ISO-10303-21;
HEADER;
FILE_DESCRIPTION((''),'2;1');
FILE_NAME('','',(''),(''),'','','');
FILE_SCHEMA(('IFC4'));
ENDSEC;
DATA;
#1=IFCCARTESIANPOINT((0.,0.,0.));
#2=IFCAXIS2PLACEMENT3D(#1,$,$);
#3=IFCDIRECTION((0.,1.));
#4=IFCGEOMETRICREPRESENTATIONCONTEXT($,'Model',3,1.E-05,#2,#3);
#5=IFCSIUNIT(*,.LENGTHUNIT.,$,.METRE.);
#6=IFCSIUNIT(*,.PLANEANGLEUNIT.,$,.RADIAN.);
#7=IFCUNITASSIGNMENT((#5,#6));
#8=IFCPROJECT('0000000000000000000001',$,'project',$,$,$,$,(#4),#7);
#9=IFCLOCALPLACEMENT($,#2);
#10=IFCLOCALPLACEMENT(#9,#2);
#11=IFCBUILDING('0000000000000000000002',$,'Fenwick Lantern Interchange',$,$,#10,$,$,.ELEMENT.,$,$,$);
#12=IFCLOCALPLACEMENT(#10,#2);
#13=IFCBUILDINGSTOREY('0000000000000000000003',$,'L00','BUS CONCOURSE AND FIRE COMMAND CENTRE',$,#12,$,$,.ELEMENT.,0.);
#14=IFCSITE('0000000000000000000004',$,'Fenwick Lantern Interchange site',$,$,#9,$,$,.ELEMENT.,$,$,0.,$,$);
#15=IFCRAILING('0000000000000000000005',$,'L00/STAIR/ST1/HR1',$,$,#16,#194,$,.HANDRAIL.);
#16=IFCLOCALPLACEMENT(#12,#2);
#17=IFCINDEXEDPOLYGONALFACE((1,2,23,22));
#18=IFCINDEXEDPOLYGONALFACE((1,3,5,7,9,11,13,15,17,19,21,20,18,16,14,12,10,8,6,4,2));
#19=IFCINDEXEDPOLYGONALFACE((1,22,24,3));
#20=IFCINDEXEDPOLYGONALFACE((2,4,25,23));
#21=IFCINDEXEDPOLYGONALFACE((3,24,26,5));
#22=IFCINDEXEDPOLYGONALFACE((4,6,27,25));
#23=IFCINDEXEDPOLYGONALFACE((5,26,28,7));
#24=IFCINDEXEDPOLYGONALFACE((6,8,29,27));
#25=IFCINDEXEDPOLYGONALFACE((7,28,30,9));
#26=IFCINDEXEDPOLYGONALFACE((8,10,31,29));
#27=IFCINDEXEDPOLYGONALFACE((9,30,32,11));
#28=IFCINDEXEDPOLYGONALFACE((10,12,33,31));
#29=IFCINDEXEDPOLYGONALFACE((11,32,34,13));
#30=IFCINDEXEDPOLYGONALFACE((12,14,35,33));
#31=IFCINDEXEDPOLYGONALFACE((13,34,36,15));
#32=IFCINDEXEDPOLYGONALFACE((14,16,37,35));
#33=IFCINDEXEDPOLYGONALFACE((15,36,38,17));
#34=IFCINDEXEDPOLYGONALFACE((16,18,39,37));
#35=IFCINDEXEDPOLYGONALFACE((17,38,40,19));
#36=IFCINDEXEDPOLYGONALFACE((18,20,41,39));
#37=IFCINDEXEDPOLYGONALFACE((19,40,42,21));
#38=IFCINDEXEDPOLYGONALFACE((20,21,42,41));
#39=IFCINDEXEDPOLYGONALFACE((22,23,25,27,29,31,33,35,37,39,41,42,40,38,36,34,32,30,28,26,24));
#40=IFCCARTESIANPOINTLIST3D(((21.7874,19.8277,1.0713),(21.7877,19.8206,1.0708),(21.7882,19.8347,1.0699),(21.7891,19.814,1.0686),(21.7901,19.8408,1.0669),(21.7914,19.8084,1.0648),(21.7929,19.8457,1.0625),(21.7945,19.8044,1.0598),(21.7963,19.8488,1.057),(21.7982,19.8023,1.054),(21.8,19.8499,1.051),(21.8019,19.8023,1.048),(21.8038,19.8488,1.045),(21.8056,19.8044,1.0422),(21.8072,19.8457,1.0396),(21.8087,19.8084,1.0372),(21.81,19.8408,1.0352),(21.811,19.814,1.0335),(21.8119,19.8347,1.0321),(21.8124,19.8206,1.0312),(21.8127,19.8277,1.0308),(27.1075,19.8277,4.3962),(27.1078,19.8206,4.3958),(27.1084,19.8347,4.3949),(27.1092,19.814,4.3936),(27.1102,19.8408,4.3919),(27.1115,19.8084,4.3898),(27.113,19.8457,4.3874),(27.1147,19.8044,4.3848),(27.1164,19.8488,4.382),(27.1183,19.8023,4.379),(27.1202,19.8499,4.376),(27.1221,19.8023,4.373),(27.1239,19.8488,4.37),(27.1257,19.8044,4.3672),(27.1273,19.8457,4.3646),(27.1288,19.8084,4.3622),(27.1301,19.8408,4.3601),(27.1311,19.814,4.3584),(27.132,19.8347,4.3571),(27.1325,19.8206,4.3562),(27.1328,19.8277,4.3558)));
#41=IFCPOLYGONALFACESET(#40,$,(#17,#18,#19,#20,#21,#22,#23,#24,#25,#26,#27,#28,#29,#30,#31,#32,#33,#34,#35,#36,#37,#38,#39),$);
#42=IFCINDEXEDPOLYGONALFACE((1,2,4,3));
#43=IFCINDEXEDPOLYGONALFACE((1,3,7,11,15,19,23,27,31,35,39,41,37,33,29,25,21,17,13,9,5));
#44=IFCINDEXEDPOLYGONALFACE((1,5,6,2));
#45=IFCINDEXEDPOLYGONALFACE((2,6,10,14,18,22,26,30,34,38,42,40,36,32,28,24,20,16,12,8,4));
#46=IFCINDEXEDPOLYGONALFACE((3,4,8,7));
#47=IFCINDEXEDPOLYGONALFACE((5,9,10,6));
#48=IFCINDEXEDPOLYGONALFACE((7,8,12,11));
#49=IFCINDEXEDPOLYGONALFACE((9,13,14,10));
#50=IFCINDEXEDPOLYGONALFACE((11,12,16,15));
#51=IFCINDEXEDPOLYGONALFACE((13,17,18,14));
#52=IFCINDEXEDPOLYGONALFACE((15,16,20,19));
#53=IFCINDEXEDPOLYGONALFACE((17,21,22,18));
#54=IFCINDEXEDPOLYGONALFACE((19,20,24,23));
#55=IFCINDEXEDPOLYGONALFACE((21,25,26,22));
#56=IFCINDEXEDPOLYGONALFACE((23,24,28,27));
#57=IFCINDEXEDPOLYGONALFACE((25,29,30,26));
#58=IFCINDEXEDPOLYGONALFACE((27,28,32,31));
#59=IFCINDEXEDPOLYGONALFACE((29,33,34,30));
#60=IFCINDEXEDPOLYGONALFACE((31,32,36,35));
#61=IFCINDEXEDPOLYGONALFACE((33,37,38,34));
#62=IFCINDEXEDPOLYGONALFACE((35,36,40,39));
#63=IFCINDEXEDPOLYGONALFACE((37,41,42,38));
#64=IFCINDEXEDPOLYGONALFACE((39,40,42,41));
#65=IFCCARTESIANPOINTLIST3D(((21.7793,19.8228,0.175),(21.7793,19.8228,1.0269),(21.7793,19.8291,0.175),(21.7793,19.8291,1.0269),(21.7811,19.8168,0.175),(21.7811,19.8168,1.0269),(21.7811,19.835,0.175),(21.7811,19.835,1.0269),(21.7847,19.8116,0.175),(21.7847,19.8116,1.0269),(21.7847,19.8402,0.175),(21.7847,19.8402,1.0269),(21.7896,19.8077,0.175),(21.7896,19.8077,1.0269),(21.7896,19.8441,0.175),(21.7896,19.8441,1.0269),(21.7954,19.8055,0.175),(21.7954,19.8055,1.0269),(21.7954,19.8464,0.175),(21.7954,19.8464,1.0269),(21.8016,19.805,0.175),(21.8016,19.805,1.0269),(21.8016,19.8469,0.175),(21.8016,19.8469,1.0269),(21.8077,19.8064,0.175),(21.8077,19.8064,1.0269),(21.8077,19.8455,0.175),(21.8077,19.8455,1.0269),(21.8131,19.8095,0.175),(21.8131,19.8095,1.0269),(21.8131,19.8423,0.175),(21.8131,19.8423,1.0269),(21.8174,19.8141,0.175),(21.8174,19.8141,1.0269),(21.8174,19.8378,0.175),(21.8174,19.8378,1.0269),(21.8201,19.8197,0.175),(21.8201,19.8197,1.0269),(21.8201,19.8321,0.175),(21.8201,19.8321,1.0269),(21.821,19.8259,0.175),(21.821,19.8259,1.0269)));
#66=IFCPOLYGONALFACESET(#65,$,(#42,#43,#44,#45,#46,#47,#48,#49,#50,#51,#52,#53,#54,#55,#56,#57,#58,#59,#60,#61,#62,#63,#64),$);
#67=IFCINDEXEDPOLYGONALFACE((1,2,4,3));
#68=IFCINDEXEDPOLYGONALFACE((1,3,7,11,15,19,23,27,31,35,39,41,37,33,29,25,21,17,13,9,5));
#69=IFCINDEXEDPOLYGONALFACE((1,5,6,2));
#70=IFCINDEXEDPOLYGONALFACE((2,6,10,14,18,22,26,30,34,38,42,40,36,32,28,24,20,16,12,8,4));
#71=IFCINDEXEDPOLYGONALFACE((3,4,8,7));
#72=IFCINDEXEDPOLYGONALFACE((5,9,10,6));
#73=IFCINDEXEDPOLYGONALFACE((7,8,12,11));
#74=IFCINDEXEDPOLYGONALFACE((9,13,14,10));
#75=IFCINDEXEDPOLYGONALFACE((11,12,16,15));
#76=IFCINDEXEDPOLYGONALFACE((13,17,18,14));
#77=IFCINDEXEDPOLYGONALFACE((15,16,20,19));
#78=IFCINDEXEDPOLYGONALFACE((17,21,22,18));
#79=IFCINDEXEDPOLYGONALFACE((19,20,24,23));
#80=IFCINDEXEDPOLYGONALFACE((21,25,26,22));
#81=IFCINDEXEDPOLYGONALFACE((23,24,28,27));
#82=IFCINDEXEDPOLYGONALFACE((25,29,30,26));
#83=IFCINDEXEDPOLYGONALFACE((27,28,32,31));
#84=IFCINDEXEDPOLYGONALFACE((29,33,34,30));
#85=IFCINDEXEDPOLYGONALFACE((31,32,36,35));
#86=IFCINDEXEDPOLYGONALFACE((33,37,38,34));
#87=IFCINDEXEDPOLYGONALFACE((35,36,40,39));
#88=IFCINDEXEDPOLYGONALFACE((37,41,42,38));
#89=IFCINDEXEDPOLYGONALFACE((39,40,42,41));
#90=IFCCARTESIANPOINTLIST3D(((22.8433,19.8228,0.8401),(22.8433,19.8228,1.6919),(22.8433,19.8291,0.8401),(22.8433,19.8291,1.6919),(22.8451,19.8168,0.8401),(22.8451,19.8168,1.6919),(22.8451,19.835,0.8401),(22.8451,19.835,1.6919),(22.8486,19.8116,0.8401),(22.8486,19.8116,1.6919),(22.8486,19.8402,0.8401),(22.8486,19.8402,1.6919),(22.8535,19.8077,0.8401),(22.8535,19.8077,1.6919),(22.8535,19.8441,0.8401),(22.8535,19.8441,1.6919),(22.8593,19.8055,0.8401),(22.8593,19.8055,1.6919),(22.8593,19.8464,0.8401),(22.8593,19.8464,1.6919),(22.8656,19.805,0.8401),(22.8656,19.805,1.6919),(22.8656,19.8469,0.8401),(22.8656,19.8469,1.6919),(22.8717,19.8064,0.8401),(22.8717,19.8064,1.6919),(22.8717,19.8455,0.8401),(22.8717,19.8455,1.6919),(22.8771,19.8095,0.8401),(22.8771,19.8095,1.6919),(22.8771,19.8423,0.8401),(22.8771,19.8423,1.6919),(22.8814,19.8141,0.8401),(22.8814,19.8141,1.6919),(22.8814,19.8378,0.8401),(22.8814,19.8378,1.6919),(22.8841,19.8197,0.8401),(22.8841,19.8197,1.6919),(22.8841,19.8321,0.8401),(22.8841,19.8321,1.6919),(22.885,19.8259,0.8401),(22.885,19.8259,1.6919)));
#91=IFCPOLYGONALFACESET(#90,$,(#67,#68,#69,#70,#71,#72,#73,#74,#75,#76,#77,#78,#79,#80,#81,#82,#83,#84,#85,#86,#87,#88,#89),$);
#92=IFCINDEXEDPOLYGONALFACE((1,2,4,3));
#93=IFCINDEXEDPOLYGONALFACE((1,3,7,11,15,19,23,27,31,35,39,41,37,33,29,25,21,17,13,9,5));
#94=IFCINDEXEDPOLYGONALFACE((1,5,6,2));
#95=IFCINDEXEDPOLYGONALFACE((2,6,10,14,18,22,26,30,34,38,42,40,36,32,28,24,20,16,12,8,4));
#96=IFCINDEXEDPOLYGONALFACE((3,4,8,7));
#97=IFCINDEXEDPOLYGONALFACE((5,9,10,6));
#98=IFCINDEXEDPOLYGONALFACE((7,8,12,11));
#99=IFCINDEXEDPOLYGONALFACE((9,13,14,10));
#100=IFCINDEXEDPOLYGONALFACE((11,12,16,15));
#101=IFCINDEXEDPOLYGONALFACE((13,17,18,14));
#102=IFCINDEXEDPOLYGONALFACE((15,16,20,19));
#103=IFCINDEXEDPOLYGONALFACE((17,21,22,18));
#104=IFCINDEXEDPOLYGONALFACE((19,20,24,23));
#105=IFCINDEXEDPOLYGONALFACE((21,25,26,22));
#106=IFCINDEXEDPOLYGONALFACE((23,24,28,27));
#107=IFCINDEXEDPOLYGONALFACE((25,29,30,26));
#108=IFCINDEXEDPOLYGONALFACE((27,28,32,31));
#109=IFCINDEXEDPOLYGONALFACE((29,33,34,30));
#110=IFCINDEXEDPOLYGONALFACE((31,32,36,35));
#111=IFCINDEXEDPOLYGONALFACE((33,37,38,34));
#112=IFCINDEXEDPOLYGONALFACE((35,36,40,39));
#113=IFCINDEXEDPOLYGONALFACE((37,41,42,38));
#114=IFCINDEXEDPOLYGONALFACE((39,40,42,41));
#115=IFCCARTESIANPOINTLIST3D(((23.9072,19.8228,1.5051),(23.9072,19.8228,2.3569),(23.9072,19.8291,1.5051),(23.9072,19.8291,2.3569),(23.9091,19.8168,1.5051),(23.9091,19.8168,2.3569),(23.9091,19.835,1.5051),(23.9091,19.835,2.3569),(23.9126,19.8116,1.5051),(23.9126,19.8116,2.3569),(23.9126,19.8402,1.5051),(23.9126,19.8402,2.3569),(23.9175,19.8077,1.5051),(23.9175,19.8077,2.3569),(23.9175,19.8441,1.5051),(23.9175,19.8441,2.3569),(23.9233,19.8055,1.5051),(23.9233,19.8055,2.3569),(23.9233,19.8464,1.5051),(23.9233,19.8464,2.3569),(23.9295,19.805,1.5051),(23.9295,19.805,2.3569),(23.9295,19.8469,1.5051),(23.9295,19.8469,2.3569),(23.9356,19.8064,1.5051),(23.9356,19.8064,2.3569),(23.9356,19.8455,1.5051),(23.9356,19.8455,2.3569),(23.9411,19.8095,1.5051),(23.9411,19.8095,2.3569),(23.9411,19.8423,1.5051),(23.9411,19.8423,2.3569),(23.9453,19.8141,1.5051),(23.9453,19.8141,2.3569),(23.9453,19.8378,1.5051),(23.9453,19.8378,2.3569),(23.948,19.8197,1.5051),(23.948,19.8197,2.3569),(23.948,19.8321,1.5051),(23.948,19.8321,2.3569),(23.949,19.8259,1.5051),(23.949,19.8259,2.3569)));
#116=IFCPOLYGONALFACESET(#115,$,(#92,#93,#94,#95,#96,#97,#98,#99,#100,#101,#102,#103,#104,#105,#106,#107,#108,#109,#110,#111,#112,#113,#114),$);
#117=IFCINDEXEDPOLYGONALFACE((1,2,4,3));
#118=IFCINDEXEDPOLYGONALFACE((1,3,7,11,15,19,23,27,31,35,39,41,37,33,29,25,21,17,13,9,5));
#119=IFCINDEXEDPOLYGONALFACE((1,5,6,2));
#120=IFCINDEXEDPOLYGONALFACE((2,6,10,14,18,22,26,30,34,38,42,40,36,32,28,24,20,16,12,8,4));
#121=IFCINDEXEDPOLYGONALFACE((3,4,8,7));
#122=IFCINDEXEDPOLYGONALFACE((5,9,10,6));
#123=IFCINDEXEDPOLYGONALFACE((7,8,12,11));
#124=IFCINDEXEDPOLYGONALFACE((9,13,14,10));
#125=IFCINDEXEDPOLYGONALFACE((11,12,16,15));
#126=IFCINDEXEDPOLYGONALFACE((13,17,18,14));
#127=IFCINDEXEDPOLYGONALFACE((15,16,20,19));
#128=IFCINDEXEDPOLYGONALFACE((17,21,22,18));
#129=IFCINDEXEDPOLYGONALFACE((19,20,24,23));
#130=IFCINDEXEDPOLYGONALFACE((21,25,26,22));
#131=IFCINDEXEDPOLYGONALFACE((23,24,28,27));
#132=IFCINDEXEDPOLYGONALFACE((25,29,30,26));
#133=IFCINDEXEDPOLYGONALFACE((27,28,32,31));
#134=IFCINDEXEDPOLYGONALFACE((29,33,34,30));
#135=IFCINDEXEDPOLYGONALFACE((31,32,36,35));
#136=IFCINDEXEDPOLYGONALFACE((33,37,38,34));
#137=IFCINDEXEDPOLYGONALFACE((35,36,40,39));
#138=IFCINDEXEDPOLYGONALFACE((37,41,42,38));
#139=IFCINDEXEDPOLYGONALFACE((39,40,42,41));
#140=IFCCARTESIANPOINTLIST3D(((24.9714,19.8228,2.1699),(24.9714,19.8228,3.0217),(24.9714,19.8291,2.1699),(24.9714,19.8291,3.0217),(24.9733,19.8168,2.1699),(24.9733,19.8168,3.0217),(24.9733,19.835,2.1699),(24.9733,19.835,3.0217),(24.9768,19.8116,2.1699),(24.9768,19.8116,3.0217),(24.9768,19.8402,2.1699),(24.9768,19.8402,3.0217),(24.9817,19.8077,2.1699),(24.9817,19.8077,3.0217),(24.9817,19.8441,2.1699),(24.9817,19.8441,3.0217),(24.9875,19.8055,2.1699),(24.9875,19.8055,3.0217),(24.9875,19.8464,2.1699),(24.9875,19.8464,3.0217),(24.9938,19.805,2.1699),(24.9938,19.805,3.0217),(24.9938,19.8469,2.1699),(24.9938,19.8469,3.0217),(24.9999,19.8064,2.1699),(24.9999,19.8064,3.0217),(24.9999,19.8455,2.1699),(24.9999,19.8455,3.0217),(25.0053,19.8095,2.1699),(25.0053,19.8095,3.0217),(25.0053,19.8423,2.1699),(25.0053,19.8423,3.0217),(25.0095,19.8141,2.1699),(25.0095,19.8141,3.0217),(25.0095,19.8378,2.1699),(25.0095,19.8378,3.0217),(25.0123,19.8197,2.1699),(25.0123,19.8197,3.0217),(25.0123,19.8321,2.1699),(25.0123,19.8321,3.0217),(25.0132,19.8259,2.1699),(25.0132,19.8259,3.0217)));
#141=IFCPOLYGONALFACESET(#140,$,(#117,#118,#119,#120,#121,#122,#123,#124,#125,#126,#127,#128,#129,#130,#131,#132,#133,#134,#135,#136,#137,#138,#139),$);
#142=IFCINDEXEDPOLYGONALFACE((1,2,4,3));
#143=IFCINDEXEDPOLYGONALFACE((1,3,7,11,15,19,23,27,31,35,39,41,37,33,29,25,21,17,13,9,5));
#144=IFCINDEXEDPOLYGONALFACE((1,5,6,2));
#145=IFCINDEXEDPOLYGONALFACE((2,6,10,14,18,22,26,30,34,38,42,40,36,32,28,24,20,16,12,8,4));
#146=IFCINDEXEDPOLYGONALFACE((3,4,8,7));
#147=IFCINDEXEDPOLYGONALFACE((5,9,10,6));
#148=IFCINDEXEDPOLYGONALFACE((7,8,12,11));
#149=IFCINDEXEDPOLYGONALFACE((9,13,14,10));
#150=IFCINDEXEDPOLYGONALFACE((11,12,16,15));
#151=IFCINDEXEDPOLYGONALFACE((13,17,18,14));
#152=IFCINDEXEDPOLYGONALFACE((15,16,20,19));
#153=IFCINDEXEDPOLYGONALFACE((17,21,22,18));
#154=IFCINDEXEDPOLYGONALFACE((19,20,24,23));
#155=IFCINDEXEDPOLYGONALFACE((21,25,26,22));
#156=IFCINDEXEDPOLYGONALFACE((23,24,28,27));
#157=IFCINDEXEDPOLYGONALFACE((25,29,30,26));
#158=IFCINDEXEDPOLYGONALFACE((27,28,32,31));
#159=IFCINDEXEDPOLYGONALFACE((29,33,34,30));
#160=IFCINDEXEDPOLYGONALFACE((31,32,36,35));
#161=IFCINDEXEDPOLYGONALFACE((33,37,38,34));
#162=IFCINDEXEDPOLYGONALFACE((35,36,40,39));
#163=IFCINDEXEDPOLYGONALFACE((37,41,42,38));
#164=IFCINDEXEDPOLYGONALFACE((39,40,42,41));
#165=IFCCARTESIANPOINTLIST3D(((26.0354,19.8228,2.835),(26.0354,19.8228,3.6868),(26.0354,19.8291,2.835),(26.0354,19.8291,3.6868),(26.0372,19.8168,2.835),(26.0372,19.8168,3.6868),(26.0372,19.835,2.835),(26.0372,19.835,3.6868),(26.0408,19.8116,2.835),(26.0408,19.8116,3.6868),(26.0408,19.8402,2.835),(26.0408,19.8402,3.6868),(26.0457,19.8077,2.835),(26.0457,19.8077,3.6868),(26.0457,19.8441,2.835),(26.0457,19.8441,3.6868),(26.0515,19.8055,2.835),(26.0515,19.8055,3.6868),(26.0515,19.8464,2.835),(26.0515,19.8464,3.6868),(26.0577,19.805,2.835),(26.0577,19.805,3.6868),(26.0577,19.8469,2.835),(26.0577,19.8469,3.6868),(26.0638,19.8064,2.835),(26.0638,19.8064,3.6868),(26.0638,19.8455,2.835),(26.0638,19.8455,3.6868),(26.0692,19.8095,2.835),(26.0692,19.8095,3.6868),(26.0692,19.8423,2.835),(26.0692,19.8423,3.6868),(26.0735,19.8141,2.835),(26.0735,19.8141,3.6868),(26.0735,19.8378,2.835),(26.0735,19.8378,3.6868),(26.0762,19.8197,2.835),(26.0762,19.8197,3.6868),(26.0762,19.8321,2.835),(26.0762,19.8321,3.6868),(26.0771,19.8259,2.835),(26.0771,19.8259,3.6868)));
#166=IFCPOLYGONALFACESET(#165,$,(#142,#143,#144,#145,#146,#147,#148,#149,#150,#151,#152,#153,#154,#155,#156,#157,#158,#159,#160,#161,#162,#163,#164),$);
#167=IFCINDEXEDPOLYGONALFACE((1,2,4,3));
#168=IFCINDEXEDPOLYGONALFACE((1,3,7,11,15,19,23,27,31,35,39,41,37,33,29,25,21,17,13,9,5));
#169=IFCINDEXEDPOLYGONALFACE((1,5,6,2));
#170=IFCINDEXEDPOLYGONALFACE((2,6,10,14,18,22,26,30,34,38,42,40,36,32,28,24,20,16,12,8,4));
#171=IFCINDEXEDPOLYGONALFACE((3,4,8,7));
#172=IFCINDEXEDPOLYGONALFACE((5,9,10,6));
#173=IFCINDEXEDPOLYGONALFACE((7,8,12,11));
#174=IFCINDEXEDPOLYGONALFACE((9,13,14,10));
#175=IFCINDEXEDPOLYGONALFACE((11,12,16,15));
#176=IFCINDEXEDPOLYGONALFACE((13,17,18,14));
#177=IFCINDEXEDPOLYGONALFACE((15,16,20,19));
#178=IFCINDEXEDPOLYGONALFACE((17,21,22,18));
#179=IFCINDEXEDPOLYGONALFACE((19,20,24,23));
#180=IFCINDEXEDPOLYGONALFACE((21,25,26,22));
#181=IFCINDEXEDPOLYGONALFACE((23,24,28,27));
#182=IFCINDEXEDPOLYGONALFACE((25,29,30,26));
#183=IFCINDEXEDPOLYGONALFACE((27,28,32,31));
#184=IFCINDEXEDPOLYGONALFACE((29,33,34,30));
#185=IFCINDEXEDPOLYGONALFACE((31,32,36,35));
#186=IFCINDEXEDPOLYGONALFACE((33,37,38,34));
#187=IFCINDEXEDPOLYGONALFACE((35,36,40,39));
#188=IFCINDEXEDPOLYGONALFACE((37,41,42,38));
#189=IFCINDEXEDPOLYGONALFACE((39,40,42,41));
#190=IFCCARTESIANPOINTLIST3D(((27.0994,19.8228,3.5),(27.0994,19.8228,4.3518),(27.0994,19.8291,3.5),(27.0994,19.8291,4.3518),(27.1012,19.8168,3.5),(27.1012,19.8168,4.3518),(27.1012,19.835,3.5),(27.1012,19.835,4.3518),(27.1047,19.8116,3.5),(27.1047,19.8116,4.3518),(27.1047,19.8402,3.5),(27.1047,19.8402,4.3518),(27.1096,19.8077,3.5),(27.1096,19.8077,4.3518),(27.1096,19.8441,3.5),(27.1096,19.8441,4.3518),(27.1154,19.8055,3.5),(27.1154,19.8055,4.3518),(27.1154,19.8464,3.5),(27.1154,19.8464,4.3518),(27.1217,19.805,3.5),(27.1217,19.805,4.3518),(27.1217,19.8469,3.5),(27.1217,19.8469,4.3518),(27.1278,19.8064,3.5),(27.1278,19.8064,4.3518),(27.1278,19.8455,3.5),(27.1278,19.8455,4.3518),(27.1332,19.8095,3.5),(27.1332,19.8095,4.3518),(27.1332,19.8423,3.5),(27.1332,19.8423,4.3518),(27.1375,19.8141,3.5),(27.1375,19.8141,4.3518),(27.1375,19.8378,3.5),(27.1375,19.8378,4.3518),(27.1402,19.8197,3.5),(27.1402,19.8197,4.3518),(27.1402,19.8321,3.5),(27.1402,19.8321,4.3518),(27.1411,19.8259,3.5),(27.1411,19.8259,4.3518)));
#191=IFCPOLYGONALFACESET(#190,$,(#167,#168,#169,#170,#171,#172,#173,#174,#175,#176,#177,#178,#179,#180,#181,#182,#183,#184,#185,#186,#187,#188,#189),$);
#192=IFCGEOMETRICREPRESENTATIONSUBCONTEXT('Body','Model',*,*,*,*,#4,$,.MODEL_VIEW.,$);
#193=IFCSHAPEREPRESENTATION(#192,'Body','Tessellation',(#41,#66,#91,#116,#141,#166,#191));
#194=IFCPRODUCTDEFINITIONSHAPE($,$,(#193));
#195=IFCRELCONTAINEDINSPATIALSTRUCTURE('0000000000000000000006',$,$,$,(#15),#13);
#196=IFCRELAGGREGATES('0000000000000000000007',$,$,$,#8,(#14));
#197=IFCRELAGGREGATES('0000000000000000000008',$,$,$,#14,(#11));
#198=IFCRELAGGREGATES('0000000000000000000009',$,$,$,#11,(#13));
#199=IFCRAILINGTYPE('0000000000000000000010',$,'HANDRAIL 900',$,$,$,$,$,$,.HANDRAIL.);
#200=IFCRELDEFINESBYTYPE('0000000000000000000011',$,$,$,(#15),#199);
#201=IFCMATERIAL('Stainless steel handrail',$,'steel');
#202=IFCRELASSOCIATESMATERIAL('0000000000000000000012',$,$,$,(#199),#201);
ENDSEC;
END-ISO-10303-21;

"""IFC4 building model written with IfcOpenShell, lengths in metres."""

from ifc_helpers import new_model, si_unit, direction, frame, origin, origin_2d, place, context, subcontext, project, spatial, circle, extrude, material, type_object, element, save


model = new_model("IFC4")

# Units and contexts
model_context = context("Model", 3, precision=1e-05, world=origin(), true_north=direction((0.0, 1.0)))
body_context = subcontext(model_context, "Body", "Model", "MODEL_VIEW")
ifc_project = project(units=[si_unit("LENGTHUNIT", "METRE"), si_unit("PLANEANGLEUNIT", "RADIAN")], contexts=[model_context])

# Site, building, storey
site_placement = place(None, origin())
site = spatial("IfcSite", under=ifc_project, at=site_placement, Name="Fenwick Lantern Interchange site", CompositionType="ELEMENT", RefElevation=0.0)
building_placement = place(site_placement, origin())
building = spatial("IfcBuilding", under=site, at=building_placement, Name="Fenwick Lantern Interchange", CompositionType="ELEMENT")
storey_placement = place(building_placement, origin())
storey = spatial("IfcBuildingStorey", under=building, at=storey_placement, Name="L00", Description="BUS CONCOURSE AND FIRE COMMAND CENTRE", CompositionType="ELEMENT", Elevation=0.0)

# Railing
ifc_material_1 = material(Name="Stainless steel handrail", Category="steel")
railing_type = type_object("IfcRailingType", Name="HANDRAIL 900", PredefinedType="HANDRAIL", material=ifc_material_1)
railing_1_placement = place(storey_placement, frame((21.8, 19.8259, 0.175)))
element("IfcRailing", 1, at=railing_1_placement, inside=storey, type_object=railing_type, Name="L00/STAIR/ST1/HR1", PredefinedType="HANDRAIL", context=body_context, shape_type="SweptSolid", body=[
    extrude(circle(Radius=0.0239, at=origin_2d()), frame((0.0, 0.0, 0.876), z_axis=(0.848005, 0.0, 0.529988), x_axis=(0.0, 1.0, 0.0)), (0.0, 0.0, 1.0), 6.2737),
    extrude(circle(Radius=0.021, at=origin_2d()), origin(), (0.0, 0.0, 1.0), 0.8518),
    extrude(circle(Radius=0.021, at=origin_2d()), frame((1.064, 0.0, 0.665)), (0.0, 0.0, 1.0), 0.8518),
    extrude(circle(Radius=0.021, at=origin_2d()), frame((2.1279, 0.0, 1.3301)), (0.0, 0.0, 1.0), 0.8518),
    extrude(circle(Radius=0.021, at=origin_2d()), frame((3.1921, 0.0, 1.9949)), (0.0, 0.0, 1.0), 0.8518),
    extrude(circle(Radius=0.021, at=origin_2d()), frame((4.2561, 0.0, 2.6599)), (0.0, 0.0, 1.0), 0.8518),
    extrude(circle(Radius=0.021, at=origin_2d()), frame((5.3201, 0.0, 3.325)), (0.0, 0.0, 1.0), 0.8518),
])

save(model, "model.ifc")
